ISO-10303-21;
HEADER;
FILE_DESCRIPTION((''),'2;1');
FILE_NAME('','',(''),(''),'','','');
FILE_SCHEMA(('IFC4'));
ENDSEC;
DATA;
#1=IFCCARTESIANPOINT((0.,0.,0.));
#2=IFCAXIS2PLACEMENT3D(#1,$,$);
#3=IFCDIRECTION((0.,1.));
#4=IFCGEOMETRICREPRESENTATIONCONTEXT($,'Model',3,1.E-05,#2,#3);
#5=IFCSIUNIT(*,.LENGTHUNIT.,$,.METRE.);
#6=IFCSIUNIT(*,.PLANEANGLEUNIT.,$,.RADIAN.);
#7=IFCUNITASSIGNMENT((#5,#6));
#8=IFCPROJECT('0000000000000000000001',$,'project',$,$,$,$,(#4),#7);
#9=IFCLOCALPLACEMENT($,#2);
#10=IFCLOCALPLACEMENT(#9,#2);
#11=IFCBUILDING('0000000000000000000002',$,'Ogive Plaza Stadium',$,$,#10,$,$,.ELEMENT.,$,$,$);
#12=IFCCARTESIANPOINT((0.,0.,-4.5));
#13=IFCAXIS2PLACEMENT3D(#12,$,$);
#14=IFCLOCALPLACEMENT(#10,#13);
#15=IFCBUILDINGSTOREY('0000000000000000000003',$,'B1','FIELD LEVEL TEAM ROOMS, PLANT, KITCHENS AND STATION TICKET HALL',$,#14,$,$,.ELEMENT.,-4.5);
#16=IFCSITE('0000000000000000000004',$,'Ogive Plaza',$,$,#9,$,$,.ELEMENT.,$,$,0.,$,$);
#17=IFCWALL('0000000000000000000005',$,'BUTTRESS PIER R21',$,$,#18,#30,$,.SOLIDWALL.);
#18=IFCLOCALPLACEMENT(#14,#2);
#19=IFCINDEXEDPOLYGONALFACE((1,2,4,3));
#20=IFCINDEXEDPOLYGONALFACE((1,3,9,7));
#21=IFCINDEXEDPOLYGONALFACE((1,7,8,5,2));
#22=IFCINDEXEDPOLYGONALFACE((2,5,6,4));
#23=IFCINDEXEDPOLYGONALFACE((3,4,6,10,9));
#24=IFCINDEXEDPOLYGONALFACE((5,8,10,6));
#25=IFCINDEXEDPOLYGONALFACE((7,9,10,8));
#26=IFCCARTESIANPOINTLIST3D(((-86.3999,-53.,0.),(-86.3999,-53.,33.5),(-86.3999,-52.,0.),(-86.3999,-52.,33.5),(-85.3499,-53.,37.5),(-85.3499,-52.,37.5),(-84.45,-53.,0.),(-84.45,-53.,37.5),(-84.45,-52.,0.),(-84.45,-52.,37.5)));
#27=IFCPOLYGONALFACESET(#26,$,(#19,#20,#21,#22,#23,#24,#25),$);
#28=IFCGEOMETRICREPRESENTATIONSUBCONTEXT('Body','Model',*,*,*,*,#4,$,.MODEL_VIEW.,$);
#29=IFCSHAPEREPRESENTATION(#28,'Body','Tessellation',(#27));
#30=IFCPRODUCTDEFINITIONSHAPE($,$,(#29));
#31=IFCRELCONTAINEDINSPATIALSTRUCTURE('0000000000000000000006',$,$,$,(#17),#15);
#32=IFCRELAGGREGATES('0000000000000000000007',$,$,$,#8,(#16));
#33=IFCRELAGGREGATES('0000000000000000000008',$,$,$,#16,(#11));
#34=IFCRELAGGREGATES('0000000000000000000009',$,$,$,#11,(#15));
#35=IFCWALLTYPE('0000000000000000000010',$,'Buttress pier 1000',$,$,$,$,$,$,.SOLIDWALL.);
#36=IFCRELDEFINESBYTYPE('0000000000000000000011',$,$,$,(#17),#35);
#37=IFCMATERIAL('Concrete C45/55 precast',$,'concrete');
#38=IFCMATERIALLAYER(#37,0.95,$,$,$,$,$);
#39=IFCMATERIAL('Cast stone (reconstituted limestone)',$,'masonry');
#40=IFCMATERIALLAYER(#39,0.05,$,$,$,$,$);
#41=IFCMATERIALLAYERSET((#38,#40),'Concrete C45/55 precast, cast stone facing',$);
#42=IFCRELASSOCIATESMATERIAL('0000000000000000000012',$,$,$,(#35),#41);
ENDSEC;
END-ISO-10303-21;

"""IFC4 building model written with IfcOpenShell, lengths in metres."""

from ifc_helpers import new_model, si_unit, direction, frame, origin, place, context, subcontext, project, spatial, polyline, outline, extrude, material, layer, layer_set, type_object, element, save


model = new_model("IFC4")

# Units and contexts
model_context = context("Model", 3, precision=1e-05, world=origin(), true_north=direction((0.0, 1.0)))
body_context = subcontext(model_context, "Body", "Model", "MODEL_VIEW")
ifc_project = project(units=[si_unit("LENGTHUNIT", "METRE"), si_unit("PLANEANGLEUNIT", "RADIAN")], contexts=[model_context])

# Site, building, storey
site_placement = place(None, origin())
site = spatial("IfcSite", under=ifc_project, at=site_placement, Name="Ogive Plaza", CompositionType="ELEMENT", RefElevation=0.0)
building_placement = place(site_placement, origin())
building = spatial("IfcBuilding", under=site, at=building_placement, Name="Ogive Plaza Stadium", CompositionType="ELEMENT")
storey_placement = place(building_placement, frame((0.0, 0.0, -4.5)))
storey = spatial("IfcBuildingStorey", under=building, at=storey_placement, Name="B1", Description="FIELD LEVEL TEAM ROOMS, PLANT, KITCHENS AND STATION TICKET HALL", CompositionType="ELEMENT", Elevation=-4.5)

# Wall
ifc_material_1 = material(Name="Concrete C45/55 precast", Category="concrete")
ifc_layer_1 = layer(ifc_material_1, 0.95)
ifc_material_2 = material(Name="Cast stone (reconstituted limestone)", Category="masonry")
ifc_layer_2 = layer(ifc_material_2, 0.05)
ifc_layer_set_1 = layer_set([ifc_layer_1, ifc_layer_2], Name="Concrete C45/55 precast, cast stone facing")
wall_type_1 = type_object("IfcWallType", Name="Buttress pier 1000", PredefinedType="SOLIDWALL", material=ifc_layer_set_1)
wall_1_placement = place(storey_placement, frame((-84.45, -52.5, 0.0), z_axis=(0.0, 0.0, 1.0), x_axis=(-1.0, 0.0, 0.0)))
element("IfcWall", 1, at=wall_1_placement, inside=storey, type_object=wall_type_1, Name="BUTTRESS PIER R21", PredefinedType="SOLIDWALL", context=body_context, shape_type="SweptSolid", body=[
    extrude(outline(polyline([(0.0, 0.0), (1.95, 0.0), (1.95, 33.5), (0.8999, 37.5), (0.0, 37.5), (0.0, 0.0)])), frame((0.0, 0.5, 0.0), z_axis=(0.0, -1.0, 0.0), x_axis=(1.0, 0.0, 0.0)), (0.0, 0.0, 1.0), 1.0),
])

save(model, "model.ifc")
